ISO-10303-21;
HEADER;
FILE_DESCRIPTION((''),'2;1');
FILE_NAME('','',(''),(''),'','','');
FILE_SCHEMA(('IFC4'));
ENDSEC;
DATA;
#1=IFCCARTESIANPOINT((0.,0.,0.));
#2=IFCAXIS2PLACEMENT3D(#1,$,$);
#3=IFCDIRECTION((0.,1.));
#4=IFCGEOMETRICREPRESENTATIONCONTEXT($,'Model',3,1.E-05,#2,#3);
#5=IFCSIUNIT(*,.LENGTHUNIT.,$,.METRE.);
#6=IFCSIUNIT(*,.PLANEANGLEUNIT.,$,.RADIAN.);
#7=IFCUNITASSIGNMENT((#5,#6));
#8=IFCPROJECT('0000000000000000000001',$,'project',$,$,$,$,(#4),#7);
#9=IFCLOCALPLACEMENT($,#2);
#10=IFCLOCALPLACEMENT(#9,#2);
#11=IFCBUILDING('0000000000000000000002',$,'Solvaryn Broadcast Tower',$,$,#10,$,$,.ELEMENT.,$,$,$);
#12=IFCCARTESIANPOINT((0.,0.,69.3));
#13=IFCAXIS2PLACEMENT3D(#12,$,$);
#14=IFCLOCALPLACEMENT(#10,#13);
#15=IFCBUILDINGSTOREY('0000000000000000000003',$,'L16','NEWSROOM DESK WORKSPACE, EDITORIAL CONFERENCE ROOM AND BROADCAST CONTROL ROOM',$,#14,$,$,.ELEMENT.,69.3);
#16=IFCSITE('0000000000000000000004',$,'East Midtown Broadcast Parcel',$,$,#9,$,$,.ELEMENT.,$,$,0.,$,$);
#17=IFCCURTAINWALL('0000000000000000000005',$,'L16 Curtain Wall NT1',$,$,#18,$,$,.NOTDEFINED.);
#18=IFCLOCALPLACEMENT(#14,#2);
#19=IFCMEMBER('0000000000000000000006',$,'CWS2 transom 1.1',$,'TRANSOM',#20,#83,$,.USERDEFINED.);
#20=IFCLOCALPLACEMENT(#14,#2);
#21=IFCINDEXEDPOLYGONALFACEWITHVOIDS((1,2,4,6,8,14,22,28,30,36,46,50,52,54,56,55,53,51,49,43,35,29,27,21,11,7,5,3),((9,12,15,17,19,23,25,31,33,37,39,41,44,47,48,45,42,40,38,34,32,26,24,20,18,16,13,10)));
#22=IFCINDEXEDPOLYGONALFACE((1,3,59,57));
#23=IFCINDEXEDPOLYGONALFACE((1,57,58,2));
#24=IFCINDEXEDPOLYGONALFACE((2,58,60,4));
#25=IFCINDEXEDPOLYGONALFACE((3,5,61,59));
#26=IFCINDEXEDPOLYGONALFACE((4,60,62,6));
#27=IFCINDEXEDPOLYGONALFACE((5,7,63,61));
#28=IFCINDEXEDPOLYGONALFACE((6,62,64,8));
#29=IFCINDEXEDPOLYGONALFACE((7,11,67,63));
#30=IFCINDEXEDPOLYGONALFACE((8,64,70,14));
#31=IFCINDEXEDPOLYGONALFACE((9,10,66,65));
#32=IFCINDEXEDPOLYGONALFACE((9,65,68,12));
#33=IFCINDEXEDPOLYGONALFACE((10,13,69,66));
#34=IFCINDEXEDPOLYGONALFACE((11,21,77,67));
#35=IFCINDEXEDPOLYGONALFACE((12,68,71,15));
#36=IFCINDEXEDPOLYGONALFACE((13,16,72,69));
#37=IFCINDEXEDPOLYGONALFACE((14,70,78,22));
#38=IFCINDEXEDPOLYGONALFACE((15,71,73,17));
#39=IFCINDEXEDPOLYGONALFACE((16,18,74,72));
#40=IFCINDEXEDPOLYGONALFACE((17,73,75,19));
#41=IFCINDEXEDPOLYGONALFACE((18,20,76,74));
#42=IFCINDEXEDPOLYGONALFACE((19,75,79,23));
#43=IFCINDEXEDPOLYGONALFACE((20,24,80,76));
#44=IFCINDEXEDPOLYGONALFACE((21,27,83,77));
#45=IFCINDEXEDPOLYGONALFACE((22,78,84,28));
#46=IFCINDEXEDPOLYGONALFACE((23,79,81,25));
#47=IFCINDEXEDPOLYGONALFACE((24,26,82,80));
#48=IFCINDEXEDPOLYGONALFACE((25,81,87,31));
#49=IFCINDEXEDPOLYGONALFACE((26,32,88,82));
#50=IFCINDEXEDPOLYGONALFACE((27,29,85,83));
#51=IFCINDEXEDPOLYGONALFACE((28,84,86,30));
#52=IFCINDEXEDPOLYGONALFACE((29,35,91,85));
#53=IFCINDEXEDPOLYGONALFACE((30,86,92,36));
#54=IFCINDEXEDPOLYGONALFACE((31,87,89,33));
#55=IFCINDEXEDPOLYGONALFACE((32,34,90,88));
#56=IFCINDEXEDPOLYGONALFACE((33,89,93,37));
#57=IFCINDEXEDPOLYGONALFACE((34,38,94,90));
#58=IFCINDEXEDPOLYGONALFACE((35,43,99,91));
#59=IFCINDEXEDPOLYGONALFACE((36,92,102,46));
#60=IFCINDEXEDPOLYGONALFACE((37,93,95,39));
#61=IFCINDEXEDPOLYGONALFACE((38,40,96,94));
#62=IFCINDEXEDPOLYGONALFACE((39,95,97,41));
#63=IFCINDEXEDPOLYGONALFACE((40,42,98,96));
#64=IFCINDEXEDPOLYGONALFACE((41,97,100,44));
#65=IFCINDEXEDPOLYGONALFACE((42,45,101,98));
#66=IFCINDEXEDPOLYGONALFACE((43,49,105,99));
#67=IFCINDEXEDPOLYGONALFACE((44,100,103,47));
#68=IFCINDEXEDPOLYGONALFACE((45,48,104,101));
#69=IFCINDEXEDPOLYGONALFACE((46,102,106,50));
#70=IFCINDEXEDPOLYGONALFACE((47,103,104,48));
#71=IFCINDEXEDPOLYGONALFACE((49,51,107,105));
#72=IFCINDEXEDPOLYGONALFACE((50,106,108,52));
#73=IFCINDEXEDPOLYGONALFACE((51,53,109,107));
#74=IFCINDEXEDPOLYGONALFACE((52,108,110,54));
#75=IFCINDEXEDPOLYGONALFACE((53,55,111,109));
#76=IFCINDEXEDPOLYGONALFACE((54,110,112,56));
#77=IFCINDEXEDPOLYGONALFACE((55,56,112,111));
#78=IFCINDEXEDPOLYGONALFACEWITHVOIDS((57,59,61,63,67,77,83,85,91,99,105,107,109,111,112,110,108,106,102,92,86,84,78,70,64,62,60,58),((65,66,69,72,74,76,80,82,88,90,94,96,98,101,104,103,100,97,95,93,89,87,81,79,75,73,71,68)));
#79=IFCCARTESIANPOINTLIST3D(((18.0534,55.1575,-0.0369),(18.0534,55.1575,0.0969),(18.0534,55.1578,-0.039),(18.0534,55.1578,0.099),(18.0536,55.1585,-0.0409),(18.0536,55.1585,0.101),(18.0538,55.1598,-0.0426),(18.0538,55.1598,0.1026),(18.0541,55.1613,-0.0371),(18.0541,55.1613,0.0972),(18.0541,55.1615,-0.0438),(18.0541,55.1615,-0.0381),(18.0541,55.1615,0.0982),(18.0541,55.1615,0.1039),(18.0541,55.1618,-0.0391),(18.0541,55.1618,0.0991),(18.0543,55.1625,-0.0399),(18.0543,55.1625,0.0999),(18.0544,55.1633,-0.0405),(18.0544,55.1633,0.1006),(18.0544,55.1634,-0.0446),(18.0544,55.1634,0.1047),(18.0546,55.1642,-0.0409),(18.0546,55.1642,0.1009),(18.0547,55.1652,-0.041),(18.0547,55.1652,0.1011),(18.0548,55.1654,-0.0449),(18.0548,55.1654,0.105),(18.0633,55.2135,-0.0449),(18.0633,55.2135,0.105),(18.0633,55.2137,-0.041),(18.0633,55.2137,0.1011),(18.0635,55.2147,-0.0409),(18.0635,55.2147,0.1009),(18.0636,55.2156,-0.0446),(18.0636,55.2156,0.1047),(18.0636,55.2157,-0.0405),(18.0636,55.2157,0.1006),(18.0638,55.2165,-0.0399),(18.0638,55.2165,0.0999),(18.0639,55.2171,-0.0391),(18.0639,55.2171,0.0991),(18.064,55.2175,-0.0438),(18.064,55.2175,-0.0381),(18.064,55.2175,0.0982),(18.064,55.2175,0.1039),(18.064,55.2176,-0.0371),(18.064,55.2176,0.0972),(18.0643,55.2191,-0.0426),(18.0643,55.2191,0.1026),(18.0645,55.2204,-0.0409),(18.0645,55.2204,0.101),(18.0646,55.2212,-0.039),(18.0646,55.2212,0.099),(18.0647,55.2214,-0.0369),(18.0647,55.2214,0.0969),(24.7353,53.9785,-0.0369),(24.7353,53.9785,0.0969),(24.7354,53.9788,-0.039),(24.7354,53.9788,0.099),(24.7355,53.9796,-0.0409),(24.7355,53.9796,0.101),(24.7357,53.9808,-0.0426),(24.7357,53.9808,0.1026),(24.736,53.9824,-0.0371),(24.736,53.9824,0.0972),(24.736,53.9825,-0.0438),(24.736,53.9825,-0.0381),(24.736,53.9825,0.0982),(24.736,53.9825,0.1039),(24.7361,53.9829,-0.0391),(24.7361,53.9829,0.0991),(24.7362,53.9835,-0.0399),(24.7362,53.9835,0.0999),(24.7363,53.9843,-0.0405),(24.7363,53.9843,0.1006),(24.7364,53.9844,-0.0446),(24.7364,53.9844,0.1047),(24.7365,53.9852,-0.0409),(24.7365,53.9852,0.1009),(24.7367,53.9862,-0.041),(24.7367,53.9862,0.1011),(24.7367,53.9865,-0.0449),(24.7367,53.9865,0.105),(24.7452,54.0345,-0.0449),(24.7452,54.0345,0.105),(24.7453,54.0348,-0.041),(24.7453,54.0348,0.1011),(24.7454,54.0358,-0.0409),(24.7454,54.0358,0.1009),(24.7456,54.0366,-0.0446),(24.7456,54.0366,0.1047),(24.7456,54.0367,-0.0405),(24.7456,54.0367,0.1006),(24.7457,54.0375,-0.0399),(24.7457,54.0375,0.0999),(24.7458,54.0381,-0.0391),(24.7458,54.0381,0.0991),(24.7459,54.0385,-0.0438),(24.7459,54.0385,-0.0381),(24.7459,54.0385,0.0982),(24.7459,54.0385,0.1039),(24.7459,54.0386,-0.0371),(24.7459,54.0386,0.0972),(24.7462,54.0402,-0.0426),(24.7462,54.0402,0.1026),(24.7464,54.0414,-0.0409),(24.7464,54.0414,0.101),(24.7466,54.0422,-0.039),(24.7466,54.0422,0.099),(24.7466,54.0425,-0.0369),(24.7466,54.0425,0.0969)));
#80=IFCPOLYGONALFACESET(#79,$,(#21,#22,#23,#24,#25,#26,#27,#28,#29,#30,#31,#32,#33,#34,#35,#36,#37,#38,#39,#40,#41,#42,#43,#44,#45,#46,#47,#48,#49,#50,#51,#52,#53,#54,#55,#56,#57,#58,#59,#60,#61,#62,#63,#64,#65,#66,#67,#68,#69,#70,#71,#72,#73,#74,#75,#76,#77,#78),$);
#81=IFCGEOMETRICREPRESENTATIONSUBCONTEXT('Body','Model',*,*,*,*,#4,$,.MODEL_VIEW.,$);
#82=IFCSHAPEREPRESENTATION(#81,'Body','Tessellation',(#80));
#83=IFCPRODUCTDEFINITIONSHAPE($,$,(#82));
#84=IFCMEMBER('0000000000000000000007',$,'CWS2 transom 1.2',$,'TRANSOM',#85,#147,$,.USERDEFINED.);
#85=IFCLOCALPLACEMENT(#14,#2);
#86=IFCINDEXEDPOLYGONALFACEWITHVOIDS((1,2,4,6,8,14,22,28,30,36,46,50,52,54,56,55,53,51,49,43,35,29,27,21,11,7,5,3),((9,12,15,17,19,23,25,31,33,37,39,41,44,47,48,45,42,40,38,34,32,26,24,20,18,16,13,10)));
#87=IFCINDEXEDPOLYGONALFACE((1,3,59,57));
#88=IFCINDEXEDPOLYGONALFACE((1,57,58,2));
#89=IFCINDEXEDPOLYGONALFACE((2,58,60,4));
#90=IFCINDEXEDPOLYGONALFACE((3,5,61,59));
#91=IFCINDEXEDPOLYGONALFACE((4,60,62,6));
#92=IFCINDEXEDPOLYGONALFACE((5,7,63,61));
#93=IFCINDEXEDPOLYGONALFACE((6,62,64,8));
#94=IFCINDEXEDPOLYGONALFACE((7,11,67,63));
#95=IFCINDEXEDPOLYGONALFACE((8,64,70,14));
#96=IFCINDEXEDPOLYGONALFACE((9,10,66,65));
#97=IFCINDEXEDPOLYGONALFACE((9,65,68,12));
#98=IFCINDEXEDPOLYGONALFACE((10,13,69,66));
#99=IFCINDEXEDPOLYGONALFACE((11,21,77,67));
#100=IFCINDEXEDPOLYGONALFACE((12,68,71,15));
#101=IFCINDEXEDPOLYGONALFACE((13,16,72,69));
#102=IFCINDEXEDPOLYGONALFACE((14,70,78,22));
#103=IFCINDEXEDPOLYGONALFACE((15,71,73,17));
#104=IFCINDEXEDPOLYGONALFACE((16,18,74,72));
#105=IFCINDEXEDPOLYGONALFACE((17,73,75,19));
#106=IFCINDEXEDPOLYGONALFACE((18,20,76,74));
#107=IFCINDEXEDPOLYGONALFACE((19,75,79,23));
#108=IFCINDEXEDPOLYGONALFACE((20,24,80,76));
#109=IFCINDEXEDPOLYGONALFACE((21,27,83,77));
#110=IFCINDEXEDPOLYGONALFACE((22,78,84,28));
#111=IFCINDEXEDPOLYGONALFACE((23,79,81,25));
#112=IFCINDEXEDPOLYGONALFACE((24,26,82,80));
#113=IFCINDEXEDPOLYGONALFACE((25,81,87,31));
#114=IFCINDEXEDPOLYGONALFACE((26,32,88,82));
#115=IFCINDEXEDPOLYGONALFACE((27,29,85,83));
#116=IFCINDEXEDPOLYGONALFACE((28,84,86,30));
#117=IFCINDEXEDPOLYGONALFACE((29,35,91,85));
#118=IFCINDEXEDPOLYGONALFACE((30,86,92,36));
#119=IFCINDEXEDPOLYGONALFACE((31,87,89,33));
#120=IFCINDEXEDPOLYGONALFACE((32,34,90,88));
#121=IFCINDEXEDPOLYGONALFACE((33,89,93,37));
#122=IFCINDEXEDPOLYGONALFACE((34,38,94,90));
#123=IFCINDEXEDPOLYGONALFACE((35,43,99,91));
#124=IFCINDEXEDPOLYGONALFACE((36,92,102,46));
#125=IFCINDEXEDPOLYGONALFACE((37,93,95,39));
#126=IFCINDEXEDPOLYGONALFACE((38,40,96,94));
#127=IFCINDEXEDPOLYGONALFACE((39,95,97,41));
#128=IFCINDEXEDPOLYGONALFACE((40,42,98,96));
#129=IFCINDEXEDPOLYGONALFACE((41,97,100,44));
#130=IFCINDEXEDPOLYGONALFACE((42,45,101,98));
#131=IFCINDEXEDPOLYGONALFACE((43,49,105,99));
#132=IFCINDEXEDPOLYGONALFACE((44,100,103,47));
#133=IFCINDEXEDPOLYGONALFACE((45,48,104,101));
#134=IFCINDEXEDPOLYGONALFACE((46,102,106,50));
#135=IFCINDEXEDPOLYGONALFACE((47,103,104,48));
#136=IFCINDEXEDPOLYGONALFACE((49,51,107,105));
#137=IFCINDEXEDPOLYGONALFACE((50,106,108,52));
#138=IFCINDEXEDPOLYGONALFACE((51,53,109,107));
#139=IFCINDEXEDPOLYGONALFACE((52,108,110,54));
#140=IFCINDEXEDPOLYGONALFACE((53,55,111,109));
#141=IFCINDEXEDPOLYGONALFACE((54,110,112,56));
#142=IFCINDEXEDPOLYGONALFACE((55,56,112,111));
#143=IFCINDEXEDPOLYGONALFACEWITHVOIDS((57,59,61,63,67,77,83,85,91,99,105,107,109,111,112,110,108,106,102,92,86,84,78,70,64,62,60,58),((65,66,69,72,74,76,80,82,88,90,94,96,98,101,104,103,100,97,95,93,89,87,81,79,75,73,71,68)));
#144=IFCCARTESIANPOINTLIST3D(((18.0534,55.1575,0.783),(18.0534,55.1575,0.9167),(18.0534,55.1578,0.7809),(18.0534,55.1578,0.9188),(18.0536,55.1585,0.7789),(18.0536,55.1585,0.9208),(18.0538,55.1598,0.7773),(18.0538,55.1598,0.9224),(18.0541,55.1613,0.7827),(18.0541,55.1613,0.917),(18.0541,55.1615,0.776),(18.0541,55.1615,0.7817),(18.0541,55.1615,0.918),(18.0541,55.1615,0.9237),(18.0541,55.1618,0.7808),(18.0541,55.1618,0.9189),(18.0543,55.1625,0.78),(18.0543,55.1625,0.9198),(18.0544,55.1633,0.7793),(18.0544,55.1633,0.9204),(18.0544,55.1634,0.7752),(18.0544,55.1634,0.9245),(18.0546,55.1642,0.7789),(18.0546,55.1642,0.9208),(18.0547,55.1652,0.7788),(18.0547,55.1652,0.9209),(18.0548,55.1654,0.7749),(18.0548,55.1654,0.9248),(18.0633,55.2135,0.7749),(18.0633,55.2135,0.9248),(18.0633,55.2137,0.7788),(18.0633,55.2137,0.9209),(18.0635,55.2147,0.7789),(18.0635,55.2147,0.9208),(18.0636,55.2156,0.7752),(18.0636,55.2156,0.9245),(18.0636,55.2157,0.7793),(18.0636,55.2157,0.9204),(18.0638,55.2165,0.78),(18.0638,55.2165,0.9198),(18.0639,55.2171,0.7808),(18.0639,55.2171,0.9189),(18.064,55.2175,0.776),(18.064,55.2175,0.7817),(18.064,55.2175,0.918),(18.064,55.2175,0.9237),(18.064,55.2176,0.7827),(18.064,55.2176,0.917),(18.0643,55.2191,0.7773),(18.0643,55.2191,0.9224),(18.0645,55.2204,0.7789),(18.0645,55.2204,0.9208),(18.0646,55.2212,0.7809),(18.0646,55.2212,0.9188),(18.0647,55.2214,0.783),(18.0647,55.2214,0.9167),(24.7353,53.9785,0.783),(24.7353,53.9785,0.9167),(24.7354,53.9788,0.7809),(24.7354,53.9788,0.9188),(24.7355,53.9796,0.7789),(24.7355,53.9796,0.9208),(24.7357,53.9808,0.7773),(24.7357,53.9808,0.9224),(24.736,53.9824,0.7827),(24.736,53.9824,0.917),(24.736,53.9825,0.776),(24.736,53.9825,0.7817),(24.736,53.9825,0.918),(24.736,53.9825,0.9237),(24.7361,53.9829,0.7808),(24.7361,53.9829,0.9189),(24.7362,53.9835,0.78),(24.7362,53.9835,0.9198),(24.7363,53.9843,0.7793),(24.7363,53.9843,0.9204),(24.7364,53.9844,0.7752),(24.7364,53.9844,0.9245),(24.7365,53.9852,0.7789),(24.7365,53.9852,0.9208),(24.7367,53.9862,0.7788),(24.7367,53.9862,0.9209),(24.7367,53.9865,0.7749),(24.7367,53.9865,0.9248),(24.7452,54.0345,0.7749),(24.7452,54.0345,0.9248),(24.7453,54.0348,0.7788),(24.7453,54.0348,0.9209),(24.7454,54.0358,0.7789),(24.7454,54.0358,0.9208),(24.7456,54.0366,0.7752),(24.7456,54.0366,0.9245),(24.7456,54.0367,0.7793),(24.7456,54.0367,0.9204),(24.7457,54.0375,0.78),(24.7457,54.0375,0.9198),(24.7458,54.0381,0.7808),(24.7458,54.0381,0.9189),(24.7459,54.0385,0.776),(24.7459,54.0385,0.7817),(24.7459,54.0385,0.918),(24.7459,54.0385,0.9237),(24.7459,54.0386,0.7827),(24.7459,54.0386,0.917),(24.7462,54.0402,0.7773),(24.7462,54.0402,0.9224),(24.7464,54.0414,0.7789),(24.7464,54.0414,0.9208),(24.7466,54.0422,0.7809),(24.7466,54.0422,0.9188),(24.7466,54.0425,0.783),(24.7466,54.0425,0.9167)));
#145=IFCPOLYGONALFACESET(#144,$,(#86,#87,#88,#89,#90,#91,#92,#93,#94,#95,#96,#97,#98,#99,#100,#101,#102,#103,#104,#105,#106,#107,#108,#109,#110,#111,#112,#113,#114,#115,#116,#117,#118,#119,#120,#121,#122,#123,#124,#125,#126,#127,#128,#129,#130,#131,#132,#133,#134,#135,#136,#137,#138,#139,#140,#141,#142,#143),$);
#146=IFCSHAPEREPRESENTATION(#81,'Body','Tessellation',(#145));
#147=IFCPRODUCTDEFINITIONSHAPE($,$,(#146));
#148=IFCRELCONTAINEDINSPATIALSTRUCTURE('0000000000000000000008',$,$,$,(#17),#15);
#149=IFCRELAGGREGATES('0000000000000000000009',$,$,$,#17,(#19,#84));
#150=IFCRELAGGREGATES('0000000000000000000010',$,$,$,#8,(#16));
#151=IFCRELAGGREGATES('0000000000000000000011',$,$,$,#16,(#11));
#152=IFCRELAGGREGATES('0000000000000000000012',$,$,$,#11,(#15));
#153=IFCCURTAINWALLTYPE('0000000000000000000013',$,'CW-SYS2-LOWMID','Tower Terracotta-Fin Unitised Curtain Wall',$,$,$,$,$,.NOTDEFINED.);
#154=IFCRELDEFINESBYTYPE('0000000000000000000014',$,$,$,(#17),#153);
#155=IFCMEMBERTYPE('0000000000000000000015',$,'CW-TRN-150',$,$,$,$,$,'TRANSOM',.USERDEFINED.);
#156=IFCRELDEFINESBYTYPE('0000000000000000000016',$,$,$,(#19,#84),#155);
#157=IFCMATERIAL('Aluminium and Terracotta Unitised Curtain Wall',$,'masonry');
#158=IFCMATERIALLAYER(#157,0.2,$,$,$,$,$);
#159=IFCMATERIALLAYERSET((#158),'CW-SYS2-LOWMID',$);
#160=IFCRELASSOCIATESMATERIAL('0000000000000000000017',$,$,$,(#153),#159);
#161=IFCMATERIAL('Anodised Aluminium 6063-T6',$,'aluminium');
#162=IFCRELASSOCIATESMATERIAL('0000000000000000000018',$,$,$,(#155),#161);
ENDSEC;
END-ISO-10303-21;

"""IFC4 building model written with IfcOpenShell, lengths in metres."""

from ifc_helpers import new_model, si_unit, direction, frame, origin, origin_2d, place, context, subcontext, project, spatial, hollow_rectangle, extrude, material, layer, layer_set, material_profile, profile_set, type_object, element, aggregate, save


model = new_model("IFC4")

# Units and contexts
model_context = context("Model", 3, precision=1e-05, world=origin(), true_north=direction((0.0, 1.0)))
body_context = subcontext(model_context, "Body", "Model", "MODEL_VIEW")
ifc_project = project(units=[si_unit("LENGTHUNIT", "METRE"), si_unit("PLANEANGLEUNIT", "RADIAN")], contexts=[model_context])

# Site, building, storey
site_placement = place(None, origin())
site = spatial("IfcSite", under=ifc_project, at=site_placement, Name="East Midtown Broadcast Parcel", CompositionType="ELEMENT", RefElevation=0.0)
building_placement = place(site_placement, origin())
building = spatial("IfcBuilding", under=site, at=building_placement, Name="Solvaryn Broadcast Tower", CompositionType="ELEMENT")
storey_placement = place(building_placement, frame((0.0, 0.0, 69.3)))
storey = spatial("IfcBuildingStorey", under=building, at=storey_placement, Name="L16", Description="NEWSROOM DESK WORKSPACE, EDITORIAL CONFERENCE ROOM AND BROADCAST CONTROL ROOM", CompositionType="ELEMENT", Elevation=69.3)

# Curtain wall
ifc_material_1 = material(Name="Aluminium and Terracotta Unitised Curtain Wall", Category="masonry")
ifc_layer_1 = layer(ifc_material_1, 0.2)
ifc_layer_set_1 = layer_set([ifc_layer_1], Name="CW-SYS2-LOWMID")
curtain_wall_type = type_object("IfcCurtainWallType", Name="CW-SYS2-LOWMID", Description="Tower Terracotta-Fin Unitised Curtain Wall", PredefinedType="NOTDEFINED", material=ifc_layer_set_1)
curtain_wall_1_placement = place(storey_placement, origin())
curtain_wall_1 = element("IfcCurtainWall", 1, at=curtain_wall_1_placement, inside=storey, type_object=curtain_wall_type, Name="L16 Curtain Wall NT1", PredefinedType="NOTDEFINED")

# Members
ifc_material_2 = material(Name="Anodised Aluminium 6063-T6", Category="aluminium")
ifc_material_profile_1 = material_profile(ifc_material_2, hollow_rectangle(XDim=0.0649, YDim=0.1499, WallThickness=0.0039, InnerFilletRadius=0.0039, OuterFilletRadius=0.0081, at=origin_2d()))
ifc_profile_set_1 = profile_set([ifc_material_profile_1], Name="Anodised Aluminium 6063-T6")
member_type_1 = type_object("IfcMemberType", Name="CW-TRN-150", ElementType="TRANSOM", PredefinedType="USERDEFINED", material=ifc_profile_set_1)
member_1_placement = place(storey_placement, frame((24.741, 54.0105, 0.03), z_axis=(-0.984789, 0.173757, 0.0), x_axis=(-0.173757, -0.984789, 0.0)))
member_1 = element("IfcMember", 2, at=member_1_placement, type_object=member_type_1, Name="CWS2 transom 1.1", ObjectType="TRANSOM", PredefinedType="USERDEFINED", context=body_context, shape_type="SweptSolid", body=[
    extrude(hollow_rectangle(XDim=0.0649, YDim=0.1499, WallThickness=0.0039, InnerFilletRadius=0.0039, OuterFilletRadius=0.0081, at=origin_2d()), origin(), (0.0, 0.0, 1.0), 6.7852),
])
member_2_placement = place(storey_placement, frame((24.741, 54.0105, 0.8499), z_axis=(-0.984789, 0.173757, 0.0), x_axis=(-0.173757, -0.984789, 0.0)))
member_2 = element("IfcMember", 3, at=member_2_placement, type_object=member_type_1, Name="CWS2 transom 1.2", ObjectType="TRANSOM", PredefinedType="USERDEFINED", context=body_context, shape_type="SweptSolid", body=[
    extrude(hollow_rectangle(XDim=0.0649, YDim=0.1499, WallThickness=0.0039, InnerFilletRadius=0.0039, OuterFilletRadius=0.0081, at=origin_2d()), origin(), (0.0, 0.0, 1.0), 6.7852),
])

aggregate(curtain_wall_1, [member_1, member_2])

save(model, "model.ifc")
